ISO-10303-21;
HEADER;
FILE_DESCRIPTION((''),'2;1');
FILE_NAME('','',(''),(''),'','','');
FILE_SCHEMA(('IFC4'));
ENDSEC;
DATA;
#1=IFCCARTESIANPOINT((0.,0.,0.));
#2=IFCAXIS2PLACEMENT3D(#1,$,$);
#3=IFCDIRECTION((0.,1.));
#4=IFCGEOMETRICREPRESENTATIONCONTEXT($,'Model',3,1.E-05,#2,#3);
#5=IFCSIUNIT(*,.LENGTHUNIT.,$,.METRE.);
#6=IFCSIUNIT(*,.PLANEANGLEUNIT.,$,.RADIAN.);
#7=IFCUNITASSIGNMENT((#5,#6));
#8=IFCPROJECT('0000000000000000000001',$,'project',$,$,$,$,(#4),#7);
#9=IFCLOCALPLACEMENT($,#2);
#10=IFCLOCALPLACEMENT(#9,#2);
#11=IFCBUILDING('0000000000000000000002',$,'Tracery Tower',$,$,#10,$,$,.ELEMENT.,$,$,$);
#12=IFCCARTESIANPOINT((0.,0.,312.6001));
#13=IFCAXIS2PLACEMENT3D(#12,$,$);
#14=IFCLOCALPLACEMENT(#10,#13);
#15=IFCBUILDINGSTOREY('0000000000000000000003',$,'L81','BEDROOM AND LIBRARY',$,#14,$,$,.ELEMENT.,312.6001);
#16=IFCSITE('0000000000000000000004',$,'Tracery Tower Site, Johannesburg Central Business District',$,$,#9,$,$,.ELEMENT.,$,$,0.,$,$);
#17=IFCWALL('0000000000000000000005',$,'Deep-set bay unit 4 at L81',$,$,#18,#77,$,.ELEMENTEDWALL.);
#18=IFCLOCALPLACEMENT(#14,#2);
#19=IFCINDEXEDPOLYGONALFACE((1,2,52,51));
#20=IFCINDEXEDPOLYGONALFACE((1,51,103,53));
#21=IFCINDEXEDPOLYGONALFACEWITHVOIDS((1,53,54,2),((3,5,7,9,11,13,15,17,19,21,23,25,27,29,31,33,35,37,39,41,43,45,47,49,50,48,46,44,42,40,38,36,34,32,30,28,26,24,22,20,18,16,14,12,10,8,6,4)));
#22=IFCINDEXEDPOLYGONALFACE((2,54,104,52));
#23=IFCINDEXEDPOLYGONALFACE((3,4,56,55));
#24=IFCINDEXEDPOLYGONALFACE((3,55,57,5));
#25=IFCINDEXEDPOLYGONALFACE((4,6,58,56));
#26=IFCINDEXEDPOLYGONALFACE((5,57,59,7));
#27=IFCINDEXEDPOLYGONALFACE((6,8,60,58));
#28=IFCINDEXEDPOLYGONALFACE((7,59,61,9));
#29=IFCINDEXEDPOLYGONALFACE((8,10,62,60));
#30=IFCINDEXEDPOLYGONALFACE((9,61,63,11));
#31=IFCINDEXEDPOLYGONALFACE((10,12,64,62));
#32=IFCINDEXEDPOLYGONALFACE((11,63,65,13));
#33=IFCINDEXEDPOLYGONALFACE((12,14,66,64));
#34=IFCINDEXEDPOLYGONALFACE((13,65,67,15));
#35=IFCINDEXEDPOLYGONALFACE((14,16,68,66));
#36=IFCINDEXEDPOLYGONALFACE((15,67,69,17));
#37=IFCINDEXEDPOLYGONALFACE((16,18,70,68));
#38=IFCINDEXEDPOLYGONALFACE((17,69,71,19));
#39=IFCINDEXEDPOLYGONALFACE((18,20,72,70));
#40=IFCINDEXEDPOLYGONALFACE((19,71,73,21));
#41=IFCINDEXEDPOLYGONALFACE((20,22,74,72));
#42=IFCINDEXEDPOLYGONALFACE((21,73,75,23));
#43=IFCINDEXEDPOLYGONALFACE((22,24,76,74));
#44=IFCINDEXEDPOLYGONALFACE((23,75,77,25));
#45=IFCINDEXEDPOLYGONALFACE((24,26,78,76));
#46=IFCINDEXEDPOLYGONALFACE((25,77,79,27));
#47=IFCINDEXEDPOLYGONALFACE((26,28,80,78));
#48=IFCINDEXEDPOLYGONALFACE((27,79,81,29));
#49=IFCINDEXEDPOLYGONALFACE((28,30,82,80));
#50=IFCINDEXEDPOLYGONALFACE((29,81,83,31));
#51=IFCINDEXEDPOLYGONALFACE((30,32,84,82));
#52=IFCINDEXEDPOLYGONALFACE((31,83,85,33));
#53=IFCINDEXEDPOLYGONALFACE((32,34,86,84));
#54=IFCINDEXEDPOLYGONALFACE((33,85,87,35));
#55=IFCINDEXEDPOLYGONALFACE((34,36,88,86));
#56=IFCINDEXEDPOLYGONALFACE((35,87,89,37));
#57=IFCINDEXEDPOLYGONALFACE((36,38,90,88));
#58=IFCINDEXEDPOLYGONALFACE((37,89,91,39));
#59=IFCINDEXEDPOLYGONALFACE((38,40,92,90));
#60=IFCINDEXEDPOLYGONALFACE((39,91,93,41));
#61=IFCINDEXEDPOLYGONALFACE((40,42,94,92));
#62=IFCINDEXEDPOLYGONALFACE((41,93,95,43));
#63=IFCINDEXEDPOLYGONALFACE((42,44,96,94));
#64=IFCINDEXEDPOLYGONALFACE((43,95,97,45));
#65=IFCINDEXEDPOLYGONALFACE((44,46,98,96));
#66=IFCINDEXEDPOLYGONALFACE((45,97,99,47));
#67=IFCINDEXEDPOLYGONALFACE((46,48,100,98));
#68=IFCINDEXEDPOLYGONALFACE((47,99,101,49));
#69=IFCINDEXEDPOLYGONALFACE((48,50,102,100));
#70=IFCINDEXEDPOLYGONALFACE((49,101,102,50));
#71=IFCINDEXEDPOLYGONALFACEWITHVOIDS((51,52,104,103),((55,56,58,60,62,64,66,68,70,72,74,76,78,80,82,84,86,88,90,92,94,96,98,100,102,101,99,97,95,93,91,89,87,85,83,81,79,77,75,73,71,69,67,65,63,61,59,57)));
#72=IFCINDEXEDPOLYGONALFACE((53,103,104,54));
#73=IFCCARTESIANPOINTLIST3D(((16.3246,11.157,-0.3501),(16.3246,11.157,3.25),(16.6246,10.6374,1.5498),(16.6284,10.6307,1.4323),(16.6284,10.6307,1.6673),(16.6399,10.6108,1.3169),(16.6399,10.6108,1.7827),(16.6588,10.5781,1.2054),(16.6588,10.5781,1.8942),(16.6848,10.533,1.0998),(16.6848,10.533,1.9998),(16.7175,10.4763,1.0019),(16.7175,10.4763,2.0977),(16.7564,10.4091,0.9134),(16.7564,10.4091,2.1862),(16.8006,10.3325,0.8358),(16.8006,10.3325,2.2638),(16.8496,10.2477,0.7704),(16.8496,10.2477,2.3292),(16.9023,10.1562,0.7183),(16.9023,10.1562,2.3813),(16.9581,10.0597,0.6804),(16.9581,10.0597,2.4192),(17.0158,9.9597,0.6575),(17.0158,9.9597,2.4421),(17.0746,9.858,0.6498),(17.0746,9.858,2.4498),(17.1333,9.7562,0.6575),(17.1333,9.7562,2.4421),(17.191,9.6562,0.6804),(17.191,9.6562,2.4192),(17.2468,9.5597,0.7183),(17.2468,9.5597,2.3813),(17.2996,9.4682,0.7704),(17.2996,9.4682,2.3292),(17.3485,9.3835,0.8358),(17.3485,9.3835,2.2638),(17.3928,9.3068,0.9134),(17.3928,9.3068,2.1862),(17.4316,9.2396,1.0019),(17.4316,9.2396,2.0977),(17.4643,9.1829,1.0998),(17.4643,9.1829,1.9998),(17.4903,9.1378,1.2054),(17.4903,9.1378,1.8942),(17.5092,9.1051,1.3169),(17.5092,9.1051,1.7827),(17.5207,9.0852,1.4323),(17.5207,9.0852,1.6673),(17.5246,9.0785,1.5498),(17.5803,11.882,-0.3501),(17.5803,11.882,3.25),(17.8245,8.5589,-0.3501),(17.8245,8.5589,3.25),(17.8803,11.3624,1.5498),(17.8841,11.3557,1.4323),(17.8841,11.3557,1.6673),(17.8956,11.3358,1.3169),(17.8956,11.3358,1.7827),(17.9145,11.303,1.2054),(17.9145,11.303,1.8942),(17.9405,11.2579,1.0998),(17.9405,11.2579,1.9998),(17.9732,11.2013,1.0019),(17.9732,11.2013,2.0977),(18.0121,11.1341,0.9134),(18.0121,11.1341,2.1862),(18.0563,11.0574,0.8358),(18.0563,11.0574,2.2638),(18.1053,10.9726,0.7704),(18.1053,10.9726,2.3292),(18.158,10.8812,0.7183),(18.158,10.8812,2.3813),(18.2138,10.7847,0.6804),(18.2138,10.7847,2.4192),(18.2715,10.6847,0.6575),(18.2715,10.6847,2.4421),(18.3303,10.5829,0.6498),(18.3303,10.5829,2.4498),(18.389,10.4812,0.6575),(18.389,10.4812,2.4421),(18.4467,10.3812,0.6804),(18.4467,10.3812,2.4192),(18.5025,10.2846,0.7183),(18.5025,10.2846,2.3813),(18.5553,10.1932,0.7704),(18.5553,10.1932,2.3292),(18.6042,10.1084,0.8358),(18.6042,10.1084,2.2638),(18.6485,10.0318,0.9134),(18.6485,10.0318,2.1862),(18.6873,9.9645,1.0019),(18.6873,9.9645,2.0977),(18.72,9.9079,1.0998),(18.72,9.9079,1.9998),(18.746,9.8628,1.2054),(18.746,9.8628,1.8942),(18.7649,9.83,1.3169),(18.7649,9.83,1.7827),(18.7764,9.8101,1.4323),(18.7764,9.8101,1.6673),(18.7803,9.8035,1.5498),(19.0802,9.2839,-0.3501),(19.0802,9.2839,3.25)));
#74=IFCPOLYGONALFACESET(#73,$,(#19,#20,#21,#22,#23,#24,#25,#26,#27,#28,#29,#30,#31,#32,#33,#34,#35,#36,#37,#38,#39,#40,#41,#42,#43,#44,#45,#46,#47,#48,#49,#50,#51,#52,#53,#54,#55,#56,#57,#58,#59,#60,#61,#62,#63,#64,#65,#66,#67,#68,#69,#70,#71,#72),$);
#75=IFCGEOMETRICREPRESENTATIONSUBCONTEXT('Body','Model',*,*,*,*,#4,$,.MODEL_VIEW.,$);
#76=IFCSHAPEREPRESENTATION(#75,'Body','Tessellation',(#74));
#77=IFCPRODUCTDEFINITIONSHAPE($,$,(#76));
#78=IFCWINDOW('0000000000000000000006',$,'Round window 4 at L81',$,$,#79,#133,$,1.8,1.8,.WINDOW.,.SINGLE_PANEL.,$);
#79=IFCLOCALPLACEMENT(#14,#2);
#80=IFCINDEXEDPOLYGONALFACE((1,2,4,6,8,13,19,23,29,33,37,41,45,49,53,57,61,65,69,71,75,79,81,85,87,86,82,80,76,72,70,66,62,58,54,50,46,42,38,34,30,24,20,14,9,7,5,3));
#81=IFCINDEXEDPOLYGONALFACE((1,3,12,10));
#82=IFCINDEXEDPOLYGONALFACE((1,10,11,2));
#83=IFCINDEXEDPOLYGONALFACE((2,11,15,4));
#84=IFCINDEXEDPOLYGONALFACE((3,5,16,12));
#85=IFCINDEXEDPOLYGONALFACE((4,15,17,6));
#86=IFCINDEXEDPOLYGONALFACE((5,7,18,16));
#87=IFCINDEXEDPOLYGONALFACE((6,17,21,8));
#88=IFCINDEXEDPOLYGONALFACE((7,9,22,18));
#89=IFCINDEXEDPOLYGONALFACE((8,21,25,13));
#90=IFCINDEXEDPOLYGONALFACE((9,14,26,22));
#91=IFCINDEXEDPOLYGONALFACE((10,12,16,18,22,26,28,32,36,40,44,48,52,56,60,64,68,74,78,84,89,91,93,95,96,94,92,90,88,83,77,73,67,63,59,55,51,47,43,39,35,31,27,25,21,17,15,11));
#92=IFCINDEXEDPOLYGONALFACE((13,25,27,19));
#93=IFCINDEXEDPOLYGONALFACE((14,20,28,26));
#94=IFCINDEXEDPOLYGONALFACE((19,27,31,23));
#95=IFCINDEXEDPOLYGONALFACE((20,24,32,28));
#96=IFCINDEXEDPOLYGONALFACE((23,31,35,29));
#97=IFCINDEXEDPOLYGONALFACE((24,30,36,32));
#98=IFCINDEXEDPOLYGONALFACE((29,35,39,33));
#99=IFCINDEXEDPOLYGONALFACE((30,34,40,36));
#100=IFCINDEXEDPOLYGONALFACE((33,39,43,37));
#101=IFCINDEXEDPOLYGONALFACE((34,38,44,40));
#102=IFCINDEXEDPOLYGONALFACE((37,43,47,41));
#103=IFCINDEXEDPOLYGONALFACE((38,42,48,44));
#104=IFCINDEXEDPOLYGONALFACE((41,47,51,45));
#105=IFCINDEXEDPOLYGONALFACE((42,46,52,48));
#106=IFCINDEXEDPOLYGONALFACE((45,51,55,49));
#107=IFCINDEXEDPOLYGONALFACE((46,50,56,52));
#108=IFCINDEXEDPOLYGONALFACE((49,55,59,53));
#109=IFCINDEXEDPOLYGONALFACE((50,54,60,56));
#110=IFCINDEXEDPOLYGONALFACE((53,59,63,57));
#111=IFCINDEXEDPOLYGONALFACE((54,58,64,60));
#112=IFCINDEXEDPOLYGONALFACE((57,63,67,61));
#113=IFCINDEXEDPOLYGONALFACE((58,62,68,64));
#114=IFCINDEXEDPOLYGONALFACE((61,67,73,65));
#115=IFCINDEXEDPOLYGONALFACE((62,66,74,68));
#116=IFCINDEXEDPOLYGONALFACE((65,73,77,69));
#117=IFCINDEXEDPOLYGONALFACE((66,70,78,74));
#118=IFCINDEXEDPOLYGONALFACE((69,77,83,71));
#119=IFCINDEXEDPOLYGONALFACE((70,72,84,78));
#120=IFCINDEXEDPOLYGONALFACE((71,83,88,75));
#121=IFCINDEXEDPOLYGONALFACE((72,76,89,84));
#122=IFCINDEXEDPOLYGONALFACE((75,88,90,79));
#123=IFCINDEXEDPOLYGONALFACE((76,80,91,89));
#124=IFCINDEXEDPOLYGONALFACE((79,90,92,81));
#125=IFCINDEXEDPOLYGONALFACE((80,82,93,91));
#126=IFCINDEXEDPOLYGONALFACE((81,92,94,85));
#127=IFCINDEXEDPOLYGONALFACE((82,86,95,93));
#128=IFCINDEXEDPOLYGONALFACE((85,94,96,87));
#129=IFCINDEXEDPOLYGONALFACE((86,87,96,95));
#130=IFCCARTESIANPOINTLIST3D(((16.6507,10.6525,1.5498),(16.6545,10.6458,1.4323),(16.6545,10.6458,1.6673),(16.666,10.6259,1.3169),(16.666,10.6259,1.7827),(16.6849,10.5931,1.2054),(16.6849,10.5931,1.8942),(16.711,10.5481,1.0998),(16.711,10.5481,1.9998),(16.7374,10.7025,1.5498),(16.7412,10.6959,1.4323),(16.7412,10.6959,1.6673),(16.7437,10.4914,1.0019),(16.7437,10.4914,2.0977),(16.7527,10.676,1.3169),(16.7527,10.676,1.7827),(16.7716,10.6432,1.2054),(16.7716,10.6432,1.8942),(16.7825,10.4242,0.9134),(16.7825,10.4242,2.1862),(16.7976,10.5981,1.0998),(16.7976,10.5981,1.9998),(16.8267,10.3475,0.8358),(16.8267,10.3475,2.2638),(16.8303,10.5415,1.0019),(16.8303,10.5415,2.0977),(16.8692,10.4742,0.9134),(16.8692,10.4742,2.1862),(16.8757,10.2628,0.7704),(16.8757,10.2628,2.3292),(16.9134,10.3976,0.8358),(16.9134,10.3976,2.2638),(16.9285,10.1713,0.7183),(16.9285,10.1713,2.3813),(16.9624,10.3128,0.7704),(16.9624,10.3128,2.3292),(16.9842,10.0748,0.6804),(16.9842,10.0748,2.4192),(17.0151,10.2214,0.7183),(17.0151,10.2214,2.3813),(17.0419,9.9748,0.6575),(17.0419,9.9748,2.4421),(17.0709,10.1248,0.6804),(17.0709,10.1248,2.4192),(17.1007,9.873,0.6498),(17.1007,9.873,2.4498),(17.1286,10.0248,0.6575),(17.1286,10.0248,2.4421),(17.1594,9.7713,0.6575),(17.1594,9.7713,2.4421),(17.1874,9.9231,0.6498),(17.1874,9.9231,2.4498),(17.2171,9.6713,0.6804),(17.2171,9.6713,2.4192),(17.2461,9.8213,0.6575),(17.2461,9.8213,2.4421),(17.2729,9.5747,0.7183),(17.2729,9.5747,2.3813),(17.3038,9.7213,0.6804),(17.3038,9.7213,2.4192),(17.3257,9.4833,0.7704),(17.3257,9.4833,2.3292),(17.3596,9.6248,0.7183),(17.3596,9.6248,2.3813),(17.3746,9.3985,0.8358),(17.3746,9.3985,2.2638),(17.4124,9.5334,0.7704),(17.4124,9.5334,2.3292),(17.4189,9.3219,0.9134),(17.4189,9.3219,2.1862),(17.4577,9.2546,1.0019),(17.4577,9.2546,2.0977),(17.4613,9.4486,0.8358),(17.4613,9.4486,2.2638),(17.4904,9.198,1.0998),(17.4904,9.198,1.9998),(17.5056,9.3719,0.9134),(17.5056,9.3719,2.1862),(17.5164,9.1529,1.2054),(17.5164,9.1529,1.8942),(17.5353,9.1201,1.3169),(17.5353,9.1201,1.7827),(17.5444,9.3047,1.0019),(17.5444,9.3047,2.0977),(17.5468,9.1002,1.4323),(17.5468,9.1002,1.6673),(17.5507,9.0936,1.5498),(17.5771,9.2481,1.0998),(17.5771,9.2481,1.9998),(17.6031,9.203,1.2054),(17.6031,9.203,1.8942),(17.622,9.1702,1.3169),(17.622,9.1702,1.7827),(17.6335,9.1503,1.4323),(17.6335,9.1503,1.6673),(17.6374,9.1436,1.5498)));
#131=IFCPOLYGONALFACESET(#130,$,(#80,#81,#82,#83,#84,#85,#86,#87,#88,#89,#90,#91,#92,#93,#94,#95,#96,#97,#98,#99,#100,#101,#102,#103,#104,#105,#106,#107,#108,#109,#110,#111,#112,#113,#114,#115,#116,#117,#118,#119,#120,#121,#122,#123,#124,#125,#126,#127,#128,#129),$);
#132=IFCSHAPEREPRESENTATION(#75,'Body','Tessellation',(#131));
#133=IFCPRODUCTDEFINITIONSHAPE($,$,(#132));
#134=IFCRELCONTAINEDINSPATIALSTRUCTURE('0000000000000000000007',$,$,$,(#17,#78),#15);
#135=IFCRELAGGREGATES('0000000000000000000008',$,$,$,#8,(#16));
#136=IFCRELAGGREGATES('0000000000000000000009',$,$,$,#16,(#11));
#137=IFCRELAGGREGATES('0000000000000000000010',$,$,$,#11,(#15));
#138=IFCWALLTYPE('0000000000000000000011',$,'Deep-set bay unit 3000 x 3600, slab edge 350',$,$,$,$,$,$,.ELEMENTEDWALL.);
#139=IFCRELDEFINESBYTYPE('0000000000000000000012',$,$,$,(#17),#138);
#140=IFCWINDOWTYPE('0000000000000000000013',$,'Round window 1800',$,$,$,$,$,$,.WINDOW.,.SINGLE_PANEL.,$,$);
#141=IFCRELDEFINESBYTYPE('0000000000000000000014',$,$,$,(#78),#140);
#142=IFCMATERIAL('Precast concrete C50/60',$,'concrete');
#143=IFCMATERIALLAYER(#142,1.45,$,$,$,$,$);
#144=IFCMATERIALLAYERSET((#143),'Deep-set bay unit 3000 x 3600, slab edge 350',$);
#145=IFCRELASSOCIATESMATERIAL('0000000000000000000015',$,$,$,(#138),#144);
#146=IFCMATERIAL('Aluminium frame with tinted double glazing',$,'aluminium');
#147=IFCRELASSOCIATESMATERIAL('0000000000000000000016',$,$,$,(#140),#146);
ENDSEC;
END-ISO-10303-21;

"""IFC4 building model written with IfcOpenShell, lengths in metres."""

from ifc_helpers import new_model, si_unit, direction, frame, frame_2d, origin, origin_2d, place, context, subcontext, project, spatial, rectangle, circle, extrude, material, layer, layer_set, type_object, element, fill, save


model = new_model("IFC4")

# Units and contexts
model_context = context("Model", 3, precision=1e-05, world=origin(), true_north=direction((0.0, 1.0)))
body_context = subcontext(model_context, "Body", "Model", "MODEL_VIEW")
ifc_project = project(units=[si_unit("LENGTHUNIT", "METRE"), si_unit("PLANEANGLEUNIT", "RADIAN")], contexts=[model_context])

# Site, building, storey
site_placement = place(None, origin())
site = spatial("IfcSite", under=ifc_project, at=site_placement, Name="Tracery Tower Site, Johannesburg Central Business District", CompositionType="ELEMENT", RefElevation=0.0)
building_placement = place(site_placement, origin())
building = spatial("IfcBuilding", under=site, at=building_placement, Name="Tracery Tower", CompositionType="ELEMENT")
storey_placement = place(building_placement, frame((0.0, 0.0, 312.6001)))
storey = spatial("IfcBuildingStorey", under=building, at=storey_placement, Name="L81", Description="BEDROOM AND LIBRARY", CompositionType="ELEMENT", Elevation=312.6001)

# Wall, opening, window
ifc_material_1 = material(Name="Precast concrete C50/60", Category="concrete")
ifc_layer_1 = layer(ifc_material_1, 1.45)
ifc_layer_set_1 = layer_set([ifc_layer_1], Name="Deep-set bay unit 3000 x 3600, slab edge 350")
wall_type_1 = type_object("IfcWallType", Name="Deep-set bay unit 3000 x 3600, slab edge 350", PredefinedType="ELEMENTEDWALL", material=ifc_layer_set_1)
wall_1_placement = place(storey_placement, frame((18.4524, 8.9214, -0.3501), z_axis=(0.0, 0.0, 1.0), x_axis=(-0.49999, 0.866031, 0.0)))
wall_1 = element("IfcWall", 1, at=wall_1_placement, inside=storey, type_object=wall_type_1, Name="Deep-set bay unit 4 at L81", PredefinedType="ELEMENTEDWALL", context=body_context, shape_type="SweptSolid", body=[
    extrude(rectangle(XDim=3.0, YDim=1.45, at=frame_2d((1.5, 0.0))), origin(), (0.0, 0.0, 1.0), 3.6001),
])
opening_1_placement = place(wall_1_placement, frame((1.5, 0.0, 1.8999)))
opening_1 = element("IfcOpeningElement", 2, at=opening_1_placement, cuts=wall_1, PredefinedType="OPENING", context=body_context, shape_type="SweptSolid", body=[
    extrude(circle(Radius=0.9, at=origin_2d()), frame((0.0, 0.7349, 0.0), z_axis=(0.0, -1.0, 0.0), x_axis=(1.0, 0.0, 0.0)), (0.0, 0.0, 1.0), 1.47),
])
ifc_material_2 = material(Name="Aluminium frame with tinted double glazing", Category="aluminium")
window_type = type_object("IfcWindowType", Name="Round window 1800", PartitioningType="SINGLE_PANEL", PredefinedType="WINDOW", material=ifc_material_2)
window_1_placement = place(opening_1_placement, origin())
window_1 = element("IfcWindow", 3, at=window_1_placement, inside=storey, type_object=window_type, Name="Round window 4 at L81", OverallHeight=1.8, OverallWidth=1.8, PartitioningType="SINGLE_PANEL", PredefinedType="WINDOW", context=body_context, shape_type="SweptSolid", body=[
    extrude(circle(Radius=0.9, at=origin_2d()), frame((0.0, 0.6948, 0.0), z_axis=(0.0, -1.0, 0.0), x_axis=(1.0, 0.0, 0.0)), (0.0, 0.0, 1.0), 0.1001),
])
fill(opening_1, window_1)

save(model, "model.ifc")
